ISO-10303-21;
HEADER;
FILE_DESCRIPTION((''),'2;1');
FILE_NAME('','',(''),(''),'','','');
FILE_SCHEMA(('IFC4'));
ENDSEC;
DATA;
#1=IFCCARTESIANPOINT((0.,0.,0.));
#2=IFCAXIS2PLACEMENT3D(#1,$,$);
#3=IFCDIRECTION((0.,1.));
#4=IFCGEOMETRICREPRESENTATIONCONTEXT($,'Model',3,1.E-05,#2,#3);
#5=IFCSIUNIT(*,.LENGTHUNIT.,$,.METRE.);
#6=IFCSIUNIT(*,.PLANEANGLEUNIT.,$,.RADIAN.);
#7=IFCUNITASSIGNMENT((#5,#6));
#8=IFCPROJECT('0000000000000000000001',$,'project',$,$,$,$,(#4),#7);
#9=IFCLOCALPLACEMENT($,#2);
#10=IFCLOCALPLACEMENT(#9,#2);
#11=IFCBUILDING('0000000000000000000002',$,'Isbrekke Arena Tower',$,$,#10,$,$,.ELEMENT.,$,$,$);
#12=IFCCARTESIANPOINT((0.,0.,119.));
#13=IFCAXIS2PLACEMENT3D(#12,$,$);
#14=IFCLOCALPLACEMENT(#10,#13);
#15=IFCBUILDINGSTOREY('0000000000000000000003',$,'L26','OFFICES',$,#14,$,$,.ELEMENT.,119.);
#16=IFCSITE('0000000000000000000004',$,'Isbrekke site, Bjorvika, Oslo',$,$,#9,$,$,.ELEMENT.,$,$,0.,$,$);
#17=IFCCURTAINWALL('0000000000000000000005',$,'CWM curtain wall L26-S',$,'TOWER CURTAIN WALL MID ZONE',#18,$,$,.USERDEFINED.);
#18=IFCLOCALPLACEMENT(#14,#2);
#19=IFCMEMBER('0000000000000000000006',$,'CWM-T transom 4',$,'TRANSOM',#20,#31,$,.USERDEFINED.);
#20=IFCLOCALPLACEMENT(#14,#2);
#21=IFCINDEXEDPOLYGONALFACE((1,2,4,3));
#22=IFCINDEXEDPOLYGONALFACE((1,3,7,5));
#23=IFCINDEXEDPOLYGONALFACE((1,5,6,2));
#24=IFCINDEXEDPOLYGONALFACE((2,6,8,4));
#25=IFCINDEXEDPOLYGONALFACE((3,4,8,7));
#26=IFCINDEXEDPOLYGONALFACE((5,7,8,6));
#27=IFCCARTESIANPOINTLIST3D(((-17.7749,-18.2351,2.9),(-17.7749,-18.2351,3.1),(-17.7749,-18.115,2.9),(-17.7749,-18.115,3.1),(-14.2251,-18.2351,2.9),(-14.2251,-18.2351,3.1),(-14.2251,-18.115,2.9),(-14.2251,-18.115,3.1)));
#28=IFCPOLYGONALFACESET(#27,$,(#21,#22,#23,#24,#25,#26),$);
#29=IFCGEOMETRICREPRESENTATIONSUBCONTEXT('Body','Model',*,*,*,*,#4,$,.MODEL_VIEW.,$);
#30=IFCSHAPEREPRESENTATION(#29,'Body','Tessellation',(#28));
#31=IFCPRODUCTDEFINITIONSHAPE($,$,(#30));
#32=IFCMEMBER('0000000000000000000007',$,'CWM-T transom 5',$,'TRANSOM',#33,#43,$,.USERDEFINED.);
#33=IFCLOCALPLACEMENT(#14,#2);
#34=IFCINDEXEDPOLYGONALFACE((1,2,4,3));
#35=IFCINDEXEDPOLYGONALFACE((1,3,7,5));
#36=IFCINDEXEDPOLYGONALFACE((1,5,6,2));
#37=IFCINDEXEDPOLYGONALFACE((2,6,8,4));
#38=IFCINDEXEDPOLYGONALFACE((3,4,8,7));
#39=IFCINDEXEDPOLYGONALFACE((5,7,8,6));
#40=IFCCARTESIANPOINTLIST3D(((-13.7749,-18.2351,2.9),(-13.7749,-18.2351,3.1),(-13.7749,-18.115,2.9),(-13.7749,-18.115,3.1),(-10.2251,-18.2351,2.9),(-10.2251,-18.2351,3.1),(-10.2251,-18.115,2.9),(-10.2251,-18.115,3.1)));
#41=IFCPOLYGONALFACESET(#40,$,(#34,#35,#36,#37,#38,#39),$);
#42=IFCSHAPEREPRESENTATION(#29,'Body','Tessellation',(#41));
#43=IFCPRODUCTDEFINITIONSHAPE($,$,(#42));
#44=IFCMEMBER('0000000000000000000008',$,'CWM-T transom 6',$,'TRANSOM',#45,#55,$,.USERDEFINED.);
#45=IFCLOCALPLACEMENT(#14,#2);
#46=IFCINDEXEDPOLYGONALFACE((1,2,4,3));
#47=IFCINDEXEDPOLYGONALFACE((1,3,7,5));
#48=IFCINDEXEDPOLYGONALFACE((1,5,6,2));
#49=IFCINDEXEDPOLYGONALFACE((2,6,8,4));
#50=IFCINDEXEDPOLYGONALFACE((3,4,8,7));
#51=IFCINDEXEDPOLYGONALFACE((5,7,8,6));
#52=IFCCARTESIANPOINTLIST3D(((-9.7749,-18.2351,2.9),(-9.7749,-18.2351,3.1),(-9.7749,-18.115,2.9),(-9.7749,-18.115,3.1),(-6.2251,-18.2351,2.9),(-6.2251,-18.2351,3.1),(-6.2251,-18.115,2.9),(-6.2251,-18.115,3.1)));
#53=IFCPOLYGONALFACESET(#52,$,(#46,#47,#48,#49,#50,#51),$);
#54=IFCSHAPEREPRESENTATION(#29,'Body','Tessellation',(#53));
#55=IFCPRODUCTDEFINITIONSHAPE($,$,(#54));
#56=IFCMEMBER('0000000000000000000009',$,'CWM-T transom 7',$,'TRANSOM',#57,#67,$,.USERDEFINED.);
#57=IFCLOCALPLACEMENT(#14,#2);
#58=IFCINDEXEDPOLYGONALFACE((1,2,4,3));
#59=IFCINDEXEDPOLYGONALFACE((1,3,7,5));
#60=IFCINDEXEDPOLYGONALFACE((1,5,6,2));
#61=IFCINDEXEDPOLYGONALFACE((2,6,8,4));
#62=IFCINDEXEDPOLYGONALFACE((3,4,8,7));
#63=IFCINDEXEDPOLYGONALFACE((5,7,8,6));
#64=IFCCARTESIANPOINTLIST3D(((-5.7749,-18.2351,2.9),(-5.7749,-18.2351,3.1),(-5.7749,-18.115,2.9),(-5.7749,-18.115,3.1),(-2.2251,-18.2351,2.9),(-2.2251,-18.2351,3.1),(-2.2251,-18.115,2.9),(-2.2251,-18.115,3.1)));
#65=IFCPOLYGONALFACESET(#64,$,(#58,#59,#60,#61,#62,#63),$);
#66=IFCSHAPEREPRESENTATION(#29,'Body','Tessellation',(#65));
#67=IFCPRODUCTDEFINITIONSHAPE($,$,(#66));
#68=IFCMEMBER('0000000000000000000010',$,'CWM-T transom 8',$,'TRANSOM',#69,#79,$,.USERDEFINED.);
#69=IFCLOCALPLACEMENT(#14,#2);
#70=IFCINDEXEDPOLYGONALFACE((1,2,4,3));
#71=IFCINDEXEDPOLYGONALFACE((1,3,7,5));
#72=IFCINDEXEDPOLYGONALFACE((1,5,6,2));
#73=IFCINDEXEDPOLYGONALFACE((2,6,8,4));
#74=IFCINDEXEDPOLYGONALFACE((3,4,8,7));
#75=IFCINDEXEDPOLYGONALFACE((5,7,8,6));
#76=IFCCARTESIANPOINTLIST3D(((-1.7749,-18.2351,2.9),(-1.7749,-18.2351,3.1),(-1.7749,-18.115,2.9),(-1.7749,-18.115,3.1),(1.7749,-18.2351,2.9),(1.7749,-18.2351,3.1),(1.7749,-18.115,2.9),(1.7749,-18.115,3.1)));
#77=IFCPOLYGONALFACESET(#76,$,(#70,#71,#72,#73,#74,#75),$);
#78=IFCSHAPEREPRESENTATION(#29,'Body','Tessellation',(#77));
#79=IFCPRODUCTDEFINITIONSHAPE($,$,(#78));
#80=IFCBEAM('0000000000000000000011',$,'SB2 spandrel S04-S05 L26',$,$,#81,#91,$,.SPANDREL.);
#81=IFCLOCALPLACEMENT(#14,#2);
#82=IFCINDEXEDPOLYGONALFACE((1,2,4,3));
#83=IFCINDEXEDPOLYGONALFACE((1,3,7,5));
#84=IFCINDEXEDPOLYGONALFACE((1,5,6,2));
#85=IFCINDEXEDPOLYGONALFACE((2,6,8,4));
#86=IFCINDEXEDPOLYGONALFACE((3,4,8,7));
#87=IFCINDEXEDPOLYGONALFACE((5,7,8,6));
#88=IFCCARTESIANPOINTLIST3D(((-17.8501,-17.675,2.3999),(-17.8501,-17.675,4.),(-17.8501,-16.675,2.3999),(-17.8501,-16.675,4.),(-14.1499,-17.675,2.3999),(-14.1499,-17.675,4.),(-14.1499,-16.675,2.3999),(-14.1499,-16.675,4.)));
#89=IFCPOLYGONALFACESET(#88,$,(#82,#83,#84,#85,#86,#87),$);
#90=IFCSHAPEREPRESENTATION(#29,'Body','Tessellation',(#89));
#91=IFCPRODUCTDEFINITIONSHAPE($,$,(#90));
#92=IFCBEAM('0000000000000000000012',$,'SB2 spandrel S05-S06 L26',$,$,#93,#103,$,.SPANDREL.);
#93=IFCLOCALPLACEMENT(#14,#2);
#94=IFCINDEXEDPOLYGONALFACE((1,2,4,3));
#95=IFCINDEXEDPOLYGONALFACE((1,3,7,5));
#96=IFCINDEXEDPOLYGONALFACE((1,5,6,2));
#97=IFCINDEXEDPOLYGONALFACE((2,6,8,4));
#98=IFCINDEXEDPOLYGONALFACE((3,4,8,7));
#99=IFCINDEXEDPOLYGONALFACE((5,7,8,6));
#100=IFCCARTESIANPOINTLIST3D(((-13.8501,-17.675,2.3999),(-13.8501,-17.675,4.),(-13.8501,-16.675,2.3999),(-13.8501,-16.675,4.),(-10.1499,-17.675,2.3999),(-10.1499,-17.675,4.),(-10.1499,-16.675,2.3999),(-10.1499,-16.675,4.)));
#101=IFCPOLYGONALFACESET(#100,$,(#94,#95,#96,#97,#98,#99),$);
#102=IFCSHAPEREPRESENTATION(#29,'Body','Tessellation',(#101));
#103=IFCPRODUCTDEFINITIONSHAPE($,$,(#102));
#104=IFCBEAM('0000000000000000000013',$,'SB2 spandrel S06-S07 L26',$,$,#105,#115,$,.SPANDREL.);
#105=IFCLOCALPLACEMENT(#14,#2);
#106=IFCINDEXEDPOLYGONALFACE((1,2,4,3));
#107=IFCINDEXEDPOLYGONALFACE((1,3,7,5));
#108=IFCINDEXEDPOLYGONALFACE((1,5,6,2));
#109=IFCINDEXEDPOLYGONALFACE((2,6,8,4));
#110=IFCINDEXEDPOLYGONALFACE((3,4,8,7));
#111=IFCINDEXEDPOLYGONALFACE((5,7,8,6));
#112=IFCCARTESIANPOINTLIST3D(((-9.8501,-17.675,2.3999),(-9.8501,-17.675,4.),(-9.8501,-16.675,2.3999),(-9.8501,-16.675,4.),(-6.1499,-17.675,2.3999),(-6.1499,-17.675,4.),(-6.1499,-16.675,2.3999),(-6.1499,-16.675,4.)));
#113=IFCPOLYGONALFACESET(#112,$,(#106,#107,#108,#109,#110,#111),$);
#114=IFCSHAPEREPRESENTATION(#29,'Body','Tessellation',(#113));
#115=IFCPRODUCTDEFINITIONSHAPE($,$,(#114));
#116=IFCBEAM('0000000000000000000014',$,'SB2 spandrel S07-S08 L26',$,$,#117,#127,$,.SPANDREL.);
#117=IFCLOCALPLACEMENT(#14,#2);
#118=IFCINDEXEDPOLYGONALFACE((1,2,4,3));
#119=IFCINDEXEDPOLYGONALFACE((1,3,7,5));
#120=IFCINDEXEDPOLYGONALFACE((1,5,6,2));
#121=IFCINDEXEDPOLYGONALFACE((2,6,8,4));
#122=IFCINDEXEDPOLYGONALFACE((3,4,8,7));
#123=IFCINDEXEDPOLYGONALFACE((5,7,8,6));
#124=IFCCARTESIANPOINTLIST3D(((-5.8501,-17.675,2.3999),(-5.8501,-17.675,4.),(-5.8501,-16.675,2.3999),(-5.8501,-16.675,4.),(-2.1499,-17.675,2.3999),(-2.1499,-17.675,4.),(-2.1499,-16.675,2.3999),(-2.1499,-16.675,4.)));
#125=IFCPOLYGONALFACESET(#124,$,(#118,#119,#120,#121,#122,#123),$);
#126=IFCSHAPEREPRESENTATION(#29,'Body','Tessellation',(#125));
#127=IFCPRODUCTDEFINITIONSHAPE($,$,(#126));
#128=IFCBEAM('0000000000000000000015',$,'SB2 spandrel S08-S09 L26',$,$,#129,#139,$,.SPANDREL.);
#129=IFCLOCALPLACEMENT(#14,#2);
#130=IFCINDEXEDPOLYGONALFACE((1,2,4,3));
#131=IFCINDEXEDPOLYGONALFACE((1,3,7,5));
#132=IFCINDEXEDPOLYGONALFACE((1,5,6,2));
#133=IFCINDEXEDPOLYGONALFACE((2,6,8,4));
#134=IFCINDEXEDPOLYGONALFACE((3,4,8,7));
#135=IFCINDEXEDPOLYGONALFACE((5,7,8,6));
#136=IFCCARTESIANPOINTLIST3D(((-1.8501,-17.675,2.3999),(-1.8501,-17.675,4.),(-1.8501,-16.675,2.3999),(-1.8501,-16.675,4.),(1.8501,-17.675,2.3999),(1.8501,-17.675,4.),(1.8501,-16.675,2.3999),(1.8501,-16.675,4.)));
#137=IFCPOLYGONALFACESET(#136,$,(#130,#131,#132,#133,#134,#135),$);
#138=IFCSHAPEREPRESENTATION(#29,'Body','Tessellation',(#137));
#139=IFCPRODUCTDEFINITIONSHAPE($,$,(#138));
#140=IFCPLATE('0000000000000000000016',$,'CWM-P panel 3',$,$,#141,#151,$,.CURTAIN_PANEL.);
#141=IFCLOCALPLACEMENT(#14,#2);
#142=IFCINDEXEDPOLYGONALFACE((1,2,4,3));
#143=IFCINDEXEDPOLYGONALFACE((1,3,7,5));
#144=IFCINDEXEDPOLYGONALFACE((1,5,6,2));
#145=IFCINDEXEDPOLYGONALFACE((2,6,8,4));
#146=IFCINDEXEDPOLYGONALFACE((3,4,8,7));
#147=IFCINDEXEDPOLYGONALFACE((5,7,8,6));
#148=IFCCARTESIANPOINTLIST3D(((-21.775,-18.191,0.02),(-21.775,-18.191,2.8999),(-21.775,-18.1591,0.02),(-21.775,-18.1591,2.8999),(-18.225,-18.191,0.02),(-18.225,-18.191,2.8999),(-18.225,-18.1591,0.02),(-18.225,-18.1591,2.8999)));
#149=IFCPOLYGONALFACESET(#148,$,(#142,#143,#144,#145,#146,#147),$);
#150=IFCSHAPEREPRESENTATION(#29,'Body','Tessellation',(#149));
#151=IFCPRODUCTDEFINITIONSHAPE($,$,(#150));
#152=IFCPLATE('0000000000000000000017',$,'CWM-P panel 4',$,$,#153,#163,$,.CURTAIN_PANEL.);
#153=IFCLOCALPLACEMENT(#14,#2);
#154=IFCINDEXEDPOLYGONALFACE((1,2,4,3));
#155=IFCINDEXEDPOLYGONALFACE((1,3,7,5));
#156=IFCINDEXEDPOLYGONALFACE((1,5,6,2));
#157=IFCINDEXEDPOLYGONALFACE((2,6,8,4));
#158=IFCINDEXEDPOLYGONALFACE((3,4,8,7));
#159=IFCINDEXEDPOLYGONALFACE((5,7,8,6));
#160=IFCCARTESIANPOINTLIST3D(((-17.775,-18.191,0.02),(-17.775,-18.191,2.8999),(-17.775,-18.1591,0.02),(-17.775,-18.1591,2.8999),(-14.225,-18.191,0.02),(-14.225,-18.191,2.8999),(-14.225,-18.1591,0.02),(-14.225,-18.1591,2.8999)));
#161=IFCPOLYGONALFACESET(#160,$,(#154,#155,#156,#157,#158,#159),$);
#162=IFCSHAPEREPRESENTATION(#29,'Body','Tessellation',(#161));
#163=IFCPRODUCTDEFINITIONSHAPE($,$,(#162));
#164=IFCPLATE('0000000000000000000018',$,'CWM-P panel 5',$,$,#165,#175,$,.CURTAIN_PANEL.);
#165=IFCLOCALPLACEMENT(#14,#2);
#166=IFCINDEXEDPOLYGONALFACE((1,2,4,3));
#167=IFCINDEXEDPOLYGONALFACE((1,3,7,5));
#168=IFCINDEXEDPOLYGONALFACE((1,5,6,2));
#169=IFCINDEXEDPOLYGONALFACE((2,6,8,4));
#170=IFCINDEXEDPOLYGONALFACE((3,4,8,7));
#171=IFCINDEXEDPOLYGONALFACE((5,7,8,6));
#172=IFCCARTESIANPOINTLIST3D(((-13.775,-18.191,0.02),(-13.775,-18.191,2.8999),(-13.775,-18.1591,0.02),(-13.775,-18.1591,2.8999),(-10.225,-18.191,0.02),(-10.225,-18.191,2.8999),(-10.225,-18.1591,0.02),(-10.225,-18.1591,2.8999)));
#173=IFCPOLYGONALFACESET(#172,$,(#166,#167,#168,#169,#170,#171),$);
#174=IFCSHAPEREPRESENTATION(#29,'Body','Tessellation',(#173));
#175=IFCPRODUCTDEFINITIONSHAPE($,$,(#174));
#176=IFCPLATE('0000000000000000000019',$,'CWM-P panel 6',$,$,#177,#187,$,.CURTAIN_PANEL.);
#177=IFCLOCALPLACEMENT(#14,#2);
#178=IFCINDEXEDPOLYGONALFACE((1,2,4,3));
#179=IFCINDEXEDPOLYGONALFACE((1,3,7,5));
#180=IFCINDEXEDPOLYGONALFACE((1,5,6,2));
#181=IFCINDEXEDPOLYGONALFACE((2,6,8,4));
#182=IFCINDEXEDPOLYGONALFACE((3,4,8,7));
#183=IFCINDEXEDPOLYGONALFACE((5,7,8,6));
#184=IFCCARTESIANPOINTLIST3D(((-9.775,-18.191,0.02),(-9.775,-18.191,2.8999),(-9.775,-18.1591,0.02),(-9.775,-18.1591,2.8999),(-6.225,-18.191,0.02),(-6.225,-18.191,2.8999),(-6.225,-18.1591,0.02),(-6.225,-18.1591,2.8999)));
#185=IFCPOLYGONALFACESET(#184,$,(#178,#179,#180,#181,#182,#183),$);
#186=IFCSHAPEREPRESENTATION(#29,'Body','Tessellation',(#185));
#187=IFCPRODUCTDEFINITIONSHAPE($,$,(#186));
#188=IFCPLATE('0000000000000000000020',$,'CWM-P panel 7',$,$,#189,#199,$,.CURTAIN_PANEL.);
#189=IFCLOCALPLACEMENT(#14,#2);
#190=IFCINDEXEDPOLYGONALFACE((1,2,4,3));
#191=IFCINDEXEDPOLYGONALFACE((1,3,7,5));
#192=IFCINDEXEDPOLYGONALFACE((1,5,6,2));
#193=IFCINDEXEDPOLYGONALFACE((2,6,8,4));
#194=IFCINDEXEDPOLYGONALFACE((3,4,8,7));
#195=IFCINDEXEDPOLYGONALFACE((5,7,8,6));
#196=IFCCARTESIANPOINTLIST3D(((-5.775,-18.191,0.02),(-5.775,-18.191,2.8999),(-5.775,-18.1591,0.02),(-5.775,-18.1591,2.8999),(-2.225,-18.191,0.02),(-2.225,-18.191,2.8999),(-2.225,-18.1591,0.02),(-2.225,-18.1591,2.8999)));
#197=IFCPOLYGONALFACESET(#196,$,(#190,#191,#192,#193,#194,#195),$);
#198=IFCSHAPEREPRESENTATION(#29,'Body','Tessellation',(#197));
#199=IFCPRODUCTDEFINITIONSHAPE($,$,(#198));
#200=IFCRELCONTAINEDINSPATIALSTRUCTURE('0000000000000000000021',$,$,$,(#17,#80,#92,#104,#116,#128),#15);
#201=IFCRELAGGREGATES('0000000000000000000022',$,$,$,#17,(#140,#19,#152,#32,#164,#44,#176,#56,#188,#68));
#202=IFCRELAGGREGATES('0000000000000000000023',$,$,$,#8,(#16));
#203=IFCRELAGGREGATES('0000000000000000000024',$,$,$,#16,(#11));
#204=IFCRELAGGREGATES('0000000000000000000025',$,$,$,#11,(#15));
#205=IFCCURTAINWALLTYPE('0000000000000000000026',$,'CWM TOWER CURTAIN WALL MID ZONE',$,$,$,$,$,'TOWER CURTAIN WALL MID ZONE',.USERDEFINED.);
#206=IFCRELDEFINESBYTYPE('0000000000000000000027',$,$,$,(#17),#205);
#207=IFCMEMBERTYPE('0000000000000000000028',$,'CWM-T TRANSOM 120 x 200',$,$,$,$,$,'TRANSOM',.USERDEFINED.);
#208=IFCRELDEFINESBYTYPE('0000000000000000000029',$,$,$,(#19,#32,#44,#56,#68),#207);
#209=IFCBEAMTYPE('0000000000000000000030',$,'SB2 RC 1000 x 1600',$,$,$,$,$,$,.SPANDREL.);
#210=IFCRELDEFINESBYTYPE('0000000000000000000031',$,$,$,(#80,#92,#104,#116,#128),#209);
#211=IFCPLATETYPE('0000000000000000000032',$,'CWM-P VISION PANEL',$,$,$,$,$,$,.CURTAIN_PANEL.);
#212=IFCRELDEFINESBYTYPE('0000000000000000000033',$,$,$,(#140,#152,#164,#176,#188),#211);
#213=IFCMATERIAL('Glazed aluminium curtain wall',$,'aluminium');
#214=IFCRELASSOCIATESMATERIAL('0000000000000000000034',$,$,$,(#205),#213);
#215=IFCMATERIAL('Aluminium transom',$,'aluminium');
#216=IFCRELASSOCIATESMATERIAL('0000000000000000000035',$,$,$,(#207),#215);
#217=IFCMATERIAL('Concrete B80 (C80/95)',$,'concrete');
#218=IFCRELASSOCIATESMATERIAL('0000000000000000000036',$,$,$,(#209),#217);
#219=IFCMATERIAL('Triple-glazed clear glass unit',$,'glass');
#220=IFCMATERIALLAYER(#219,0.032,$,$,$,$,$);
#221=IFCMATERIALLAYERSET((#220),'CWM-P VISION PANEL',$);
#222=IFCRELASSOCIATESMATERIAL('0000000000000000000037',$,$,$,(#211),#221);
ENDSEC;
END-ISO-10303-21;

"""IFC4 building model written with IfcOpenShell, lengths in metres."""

from ifc_helpers import new_model, si_unit, direction, frame, origin, origin_2d, place, context, subcontext, project, spatial, rectangle, extrude, material, layer, layer_set, material_profile, profile_set, type_object, element, aggregate, save


model = new_model("IFC4")

# Units and contexts
model_context = context("Model", 3, precision=1e-05, world=origin(), true_north=direction((0.0, 1.0)))
body_context = subcontext(model_context, "Body", "Model", "MODEL_VIEW")
ifc_project = project(units=[si_unit("LENGTHUNIT", "METRE"), si_unit("PLANEANGLEUNIT", "RADIAN")], contexts=[model_context])

# Site, building, storey
site_placement = place(None, origin())
site = spatial("IfcSite", under=ifc_project, at=site_placement, Name="Isbrekke site, Bjorvika, Oslo", CompositionType="ELEMENT", RefElevation=0.0)
building_placement = place(site_placement, origin())
building = spatial("IfcBuilding", under=site, at=building_placement, Name="Isbrekke Arena Tower", CompositionType="ELEMENT")
storey_placement = place(building_placement, frame((0.0, 0.0, 119.0)))
storey = spatial("IfcBuildingStorey", under=building, at=storey_placement, Name="L26", Description="OFFICES", CompositionType="ELEMENT", Elevation=119.0)

# Curtain wall, members
ifc_material_1 = material(Name="Glazed aluminium curtain wall", Category="aluminium")
curtain_wall_type = type_object("IfcCurtainWallType", Name="CWM TOWER CURTAIN WALL MID ZONE", ElementType="TOWER CURTAIN WALL MID ZONE", PredefinedType="USERDEFINED", material=ifc_material_1)
curtain_wall_placement = place(storey_placement, origin())
curtain_wall = element("IfcCurtainWall", 1, at=curtain_wall_placement, inside=storey, type_object=curtain_wall_type, Name="CWM curtain wall L26-S", ObjectType="TOWER CURTAIN WALL MID ZONE", PredefinedType="USERDEFINED")
ifc_material_2 = material(Name="Aluminium transom", Category="aluminium")
ifc_material_profile_1 = material_profile(ifc_material_2, rectangle(XDim=0.1201, YDim=0.2, at=origin_2d()), Name="TRANSOM 120X200")
ifc_profile_set_1 = profile_set([ifc_material_profile_1], Name="Aluminium transom")
member_type_1 = type_object("IfcMemberType", Name="CWM-T TRANSOM 120 x 200", ElementType="TRANSOM", PredefinedType="USERDEFINED", material=ifc_profile_set_1)
member_1_placement = place(storey_placement, frame((-17.7749, -18.175, 3.0), z_axis=(1.0, 0.0, 0.0), x_axis=(0.0, 1.0, 0.0)))
member_1 = element("IfcMember", 2, at=member_1_placement, type_object=member_type_1, Name="CWM-T transom 4", ObjectType="TRANSOM", PredefinedType="USERDEFINED", context=body_context, shape_type="SweptSolid", body=[
    extrude(rectangle(XDim=0.1201, YDim=0.2, at=origin_2d()), origin(), (0.0, 0.0, 1.0), 3.5498),
])
member_2_placement = place(storey_placement, frame((-13.7749, -18.175, 3.0), z_axis=(1.0, 0.0, 0.0), x_axis=(0.0, 1.0, 0.0)))
member_2 = element("IfcMember", 3, at=member_2_placement, type_object=member_type_1, Name="CWM-T transom 5", ObjectType="TRANSOM", PredefinedType="USERDEFINED", context=body_context, shape_type="SweptSolid", body=[
    extrude(rectangle(XDim=0.1201, YDim=0.2, at=origin_2d()), origin(), (0.0, 0.0, 1.0), 3.5498),
])
member_3_placement = place(storey_placement, frame((-9.7749, -18.175, 3.0), z_axis=(1.0, 0.0, 0.0), x_axis=(0.0, 1.0, 0.0)))
member_3 = element("IfcMember", 4, at=member_3_placement, type_object=member_type_1, Name="CWM-T transom 6", ObjectType="TRANSOM", PredefinedType="USERDEFINED", context=body_context, shape_type="SweptSolid", body=[
    extrude(rectangle(XDim=0.1201, YDim=0.2, at=origin_2d()), origin(), (0.0, 0.0, 1.0), 3.5498),
])
member_4_placement = place(storey_placement, frame((-5.7749, -18.175, 3.0), z_axis=(1.0, 0.0, 0.0), x_axis=(0.0, 1.0, 0.0)))
member_4 = element("IfcMember", 5, at=member_4_placement, type_object=member_type_1, Name="CWM-T transom 7", ObjectType="TRANSOM", PredefinedType="USERDEFINED", context=body_context, shape_type="SweptSolid", body=[
    extrude(rectangle(XDim=0.1201, YDim=0.2, at=origin_2d()), origin(), (0.0, 0.0, 1.0), 3.5498),
])
member_5_placement = place(storey_placement, frame((-1.7749, -18.175, 3.0), z_axis=(1.0, 0.0, 0.0), x_axis=(0.0, 1.0, 0.0)))
member_5 = element("IfcMember", 6, at=member_5_placement, type_object=member_type_1, Name="CWM-T transom 8", ObjectType="TRANSOM", PredefinedType="USERDEFINED", context=body_context, shape_type="SweptSolid", body=[
    extrude(rectangle(XDim=0.1201, YDim=0.2, at=origin_2d()), origin(), (0.0, 0.0, 1.0), 3.5498),
])

# Beams
ifc_material_3 = material(Name="Concrete B80 (C80/95)", Category="concrete")
ifc_material_profile_2 = material_profile(ifc_material_3, rectangle(XDim=1.0, YDim=1.6001, at=origin_2d()), Name="RC 1000x1600")
ifc_profile_set_2 = profile_set([ifc_material_profile_2], Name="Concrete B80 (C80/95)")
beam_type_1 = type_object("IfcBeamType", Name="SB2 RC 1000 x 1600", PredefinedType="SPANDREL", material=ifc_profile_set_2)
for number, where, z_axis, x_axis, name in (
    (7, (-17.8501, -17.175, 3.2), (1.0, 0.0, 0.0), (0.0, 1.0, 0.0), "SB2 spandrel S04-S05 L26"),
    (8, (-13.8501, -17.175, 3.2), (1.0, 0.0, 0.0), (0.0, 1.0, 0.0), "SB2 spandrel S05-S06 L26"),
    (9, (-9.8501, -17.175, 3.2), (1.0, 0.0, 0.0), (0.0, 1.0, 0.0), "SB2 spandrel S06-S07 L26"),
    (10, (-5.8501, -17.175, 3.2), (1.0, 0.0, 0.0), (0.0, 1.0, 0.0), "SB2 spandrel S07-S08 L26"),
    (11, (-1.8501, -17.175, 3.2), (1.0, 0.0, 0.0), (0.0, 1.0, 0.0), "SB2 spandrel S08-S09 L26"),
):
    element("IfcBeam", number, at=place(storey_placement, frame(where, z_axis=z_axis, x_axis=x_axis)), inside=storey, type_object=beam_type_1, Name=name, PredefinedType="SPANDREL", context=body_context, shape_type="SweptSolid", body=[
        extrude(rectangle(XDim=1.0, YDim=1.6001, at=origin_2d()), origin(), (0.0, 0.0, 1.0), 3.7002),
    ])

# Plates
ifc_material_4 = material(Name="Triple-glazed clear glass unit", Category="glass")
ifc_layer = layer(ifc_material_4, 0.032)
ifc_layer_set = layer_set([ifc_layer], Name="CWM-P VISION PANEL")
plate_type = type_object("IfcPlateType", Name="CWM-P VISION PANEL", PredefinedType="CURTAIN_PANEL", material=ifc_layer_set)
plate_1_placement = place(storey_placement, frame((-20.0, -18.175, 0.02), z_axis=(0.0, 0.0, 1.0), x_axis=(1.0, 0.0, 0.0)))
plate_1 = element("IfcPlate", 12, at=plate_1_placement, type_object=plate_type, Name="CWM-P panel 3", PredefinedType="CURTAIN_PANEL", context=body_context, shape_type="SweptSolid", body=[
    extrude(rectangle(XDim=3.55, YDim=0.032, at=origin_2d()), origin(), (0.0, 0.0, 1.0), 2.8799),
])
plate_2_placement = place(storey_placement, frame((-16.0, -18.175, 0.02), z_axis=(0.0, 0.0, 1.0), x_axis=(1.0, 0.0, 0.0)))
plate_2 = element("IfcPlate", 13, at=plate_2_placement, type_object=plate_type, Name="CWM-P panel 4", PredefinedType="CURTAIN_PANEL", context=body_context, shape_type="SweptSolid", body=[
    extrude(rectangle(XDim=3.55, YDim=0.032, at=origin_2d()), origin(), (0.0, 0.0, 1.0), 2.8799),
])
plate_3_placement = place(storey_placement, frame((-12.0, -18.175, 0.02), z_axis=(0.0, 0.0, 1.0), x_axis=(1.0, 0.0, 0.0)))
plate_3 = element("IfcPlate", 14, at=plate_3_placement, type_object=plate_type, Name="CWM-P panel 5", PredefinedType="CURTAIN_PANEL", context=body_context, shape_type="SweptSolid", body=[
    extrude(rectangle(XDim=3.55, YDim=0.032, at=origin_2d()), origin(), (0.0, 0.0, 1.0), 2.8799),
])
plate_4_placement = place(storey_placement, frame((-8.0, -18.175, 0.02), z_axis=(0.0, 0.0, 1.0), x_axis=(1.0, 0.0, 0.0)))
plate_4 = element("IfcPlate", 15, at=plate_4_placement, type_object=plate_type, Name="CWM-P panel 6", PredefinedType="CURTAIN_PANEL", context=body_context, shape_type="SweptSolid", body=[
    extrude(rectangle(XDim=3.55, YDim=0.032, at=origin_2d()), origin(), (0.0, 0.0, 1.0), 2.8799),
])
plate_5_placement = place(storey_placement, frame((-4.0, -18.175, 0.02), z_axis=(0.0, 0.0, 1.0), x_axis=(1.0, 0.0, 0.0)))
plate_5 = element("IfcPlate", 16, at=plate_5_placement, type_object=plate_type, Name="CWM-P panel 7", PredefinedType="CURTAIN_PANEL", context=body_context, shape_type="SweptSolid", body=[
    extrude(rectangle(XDim=3.55, YDim=0.032, at=origin_2d()), origin(), (0.0, 0.0, 1.0), 2.8799),
])
aggregate(curtain_wall, [plate_1, member_1, plate_2, member_2, plate_3, member_3, plate_4, member_4, plate_5, member_5])

save(model, "model.ifc")
